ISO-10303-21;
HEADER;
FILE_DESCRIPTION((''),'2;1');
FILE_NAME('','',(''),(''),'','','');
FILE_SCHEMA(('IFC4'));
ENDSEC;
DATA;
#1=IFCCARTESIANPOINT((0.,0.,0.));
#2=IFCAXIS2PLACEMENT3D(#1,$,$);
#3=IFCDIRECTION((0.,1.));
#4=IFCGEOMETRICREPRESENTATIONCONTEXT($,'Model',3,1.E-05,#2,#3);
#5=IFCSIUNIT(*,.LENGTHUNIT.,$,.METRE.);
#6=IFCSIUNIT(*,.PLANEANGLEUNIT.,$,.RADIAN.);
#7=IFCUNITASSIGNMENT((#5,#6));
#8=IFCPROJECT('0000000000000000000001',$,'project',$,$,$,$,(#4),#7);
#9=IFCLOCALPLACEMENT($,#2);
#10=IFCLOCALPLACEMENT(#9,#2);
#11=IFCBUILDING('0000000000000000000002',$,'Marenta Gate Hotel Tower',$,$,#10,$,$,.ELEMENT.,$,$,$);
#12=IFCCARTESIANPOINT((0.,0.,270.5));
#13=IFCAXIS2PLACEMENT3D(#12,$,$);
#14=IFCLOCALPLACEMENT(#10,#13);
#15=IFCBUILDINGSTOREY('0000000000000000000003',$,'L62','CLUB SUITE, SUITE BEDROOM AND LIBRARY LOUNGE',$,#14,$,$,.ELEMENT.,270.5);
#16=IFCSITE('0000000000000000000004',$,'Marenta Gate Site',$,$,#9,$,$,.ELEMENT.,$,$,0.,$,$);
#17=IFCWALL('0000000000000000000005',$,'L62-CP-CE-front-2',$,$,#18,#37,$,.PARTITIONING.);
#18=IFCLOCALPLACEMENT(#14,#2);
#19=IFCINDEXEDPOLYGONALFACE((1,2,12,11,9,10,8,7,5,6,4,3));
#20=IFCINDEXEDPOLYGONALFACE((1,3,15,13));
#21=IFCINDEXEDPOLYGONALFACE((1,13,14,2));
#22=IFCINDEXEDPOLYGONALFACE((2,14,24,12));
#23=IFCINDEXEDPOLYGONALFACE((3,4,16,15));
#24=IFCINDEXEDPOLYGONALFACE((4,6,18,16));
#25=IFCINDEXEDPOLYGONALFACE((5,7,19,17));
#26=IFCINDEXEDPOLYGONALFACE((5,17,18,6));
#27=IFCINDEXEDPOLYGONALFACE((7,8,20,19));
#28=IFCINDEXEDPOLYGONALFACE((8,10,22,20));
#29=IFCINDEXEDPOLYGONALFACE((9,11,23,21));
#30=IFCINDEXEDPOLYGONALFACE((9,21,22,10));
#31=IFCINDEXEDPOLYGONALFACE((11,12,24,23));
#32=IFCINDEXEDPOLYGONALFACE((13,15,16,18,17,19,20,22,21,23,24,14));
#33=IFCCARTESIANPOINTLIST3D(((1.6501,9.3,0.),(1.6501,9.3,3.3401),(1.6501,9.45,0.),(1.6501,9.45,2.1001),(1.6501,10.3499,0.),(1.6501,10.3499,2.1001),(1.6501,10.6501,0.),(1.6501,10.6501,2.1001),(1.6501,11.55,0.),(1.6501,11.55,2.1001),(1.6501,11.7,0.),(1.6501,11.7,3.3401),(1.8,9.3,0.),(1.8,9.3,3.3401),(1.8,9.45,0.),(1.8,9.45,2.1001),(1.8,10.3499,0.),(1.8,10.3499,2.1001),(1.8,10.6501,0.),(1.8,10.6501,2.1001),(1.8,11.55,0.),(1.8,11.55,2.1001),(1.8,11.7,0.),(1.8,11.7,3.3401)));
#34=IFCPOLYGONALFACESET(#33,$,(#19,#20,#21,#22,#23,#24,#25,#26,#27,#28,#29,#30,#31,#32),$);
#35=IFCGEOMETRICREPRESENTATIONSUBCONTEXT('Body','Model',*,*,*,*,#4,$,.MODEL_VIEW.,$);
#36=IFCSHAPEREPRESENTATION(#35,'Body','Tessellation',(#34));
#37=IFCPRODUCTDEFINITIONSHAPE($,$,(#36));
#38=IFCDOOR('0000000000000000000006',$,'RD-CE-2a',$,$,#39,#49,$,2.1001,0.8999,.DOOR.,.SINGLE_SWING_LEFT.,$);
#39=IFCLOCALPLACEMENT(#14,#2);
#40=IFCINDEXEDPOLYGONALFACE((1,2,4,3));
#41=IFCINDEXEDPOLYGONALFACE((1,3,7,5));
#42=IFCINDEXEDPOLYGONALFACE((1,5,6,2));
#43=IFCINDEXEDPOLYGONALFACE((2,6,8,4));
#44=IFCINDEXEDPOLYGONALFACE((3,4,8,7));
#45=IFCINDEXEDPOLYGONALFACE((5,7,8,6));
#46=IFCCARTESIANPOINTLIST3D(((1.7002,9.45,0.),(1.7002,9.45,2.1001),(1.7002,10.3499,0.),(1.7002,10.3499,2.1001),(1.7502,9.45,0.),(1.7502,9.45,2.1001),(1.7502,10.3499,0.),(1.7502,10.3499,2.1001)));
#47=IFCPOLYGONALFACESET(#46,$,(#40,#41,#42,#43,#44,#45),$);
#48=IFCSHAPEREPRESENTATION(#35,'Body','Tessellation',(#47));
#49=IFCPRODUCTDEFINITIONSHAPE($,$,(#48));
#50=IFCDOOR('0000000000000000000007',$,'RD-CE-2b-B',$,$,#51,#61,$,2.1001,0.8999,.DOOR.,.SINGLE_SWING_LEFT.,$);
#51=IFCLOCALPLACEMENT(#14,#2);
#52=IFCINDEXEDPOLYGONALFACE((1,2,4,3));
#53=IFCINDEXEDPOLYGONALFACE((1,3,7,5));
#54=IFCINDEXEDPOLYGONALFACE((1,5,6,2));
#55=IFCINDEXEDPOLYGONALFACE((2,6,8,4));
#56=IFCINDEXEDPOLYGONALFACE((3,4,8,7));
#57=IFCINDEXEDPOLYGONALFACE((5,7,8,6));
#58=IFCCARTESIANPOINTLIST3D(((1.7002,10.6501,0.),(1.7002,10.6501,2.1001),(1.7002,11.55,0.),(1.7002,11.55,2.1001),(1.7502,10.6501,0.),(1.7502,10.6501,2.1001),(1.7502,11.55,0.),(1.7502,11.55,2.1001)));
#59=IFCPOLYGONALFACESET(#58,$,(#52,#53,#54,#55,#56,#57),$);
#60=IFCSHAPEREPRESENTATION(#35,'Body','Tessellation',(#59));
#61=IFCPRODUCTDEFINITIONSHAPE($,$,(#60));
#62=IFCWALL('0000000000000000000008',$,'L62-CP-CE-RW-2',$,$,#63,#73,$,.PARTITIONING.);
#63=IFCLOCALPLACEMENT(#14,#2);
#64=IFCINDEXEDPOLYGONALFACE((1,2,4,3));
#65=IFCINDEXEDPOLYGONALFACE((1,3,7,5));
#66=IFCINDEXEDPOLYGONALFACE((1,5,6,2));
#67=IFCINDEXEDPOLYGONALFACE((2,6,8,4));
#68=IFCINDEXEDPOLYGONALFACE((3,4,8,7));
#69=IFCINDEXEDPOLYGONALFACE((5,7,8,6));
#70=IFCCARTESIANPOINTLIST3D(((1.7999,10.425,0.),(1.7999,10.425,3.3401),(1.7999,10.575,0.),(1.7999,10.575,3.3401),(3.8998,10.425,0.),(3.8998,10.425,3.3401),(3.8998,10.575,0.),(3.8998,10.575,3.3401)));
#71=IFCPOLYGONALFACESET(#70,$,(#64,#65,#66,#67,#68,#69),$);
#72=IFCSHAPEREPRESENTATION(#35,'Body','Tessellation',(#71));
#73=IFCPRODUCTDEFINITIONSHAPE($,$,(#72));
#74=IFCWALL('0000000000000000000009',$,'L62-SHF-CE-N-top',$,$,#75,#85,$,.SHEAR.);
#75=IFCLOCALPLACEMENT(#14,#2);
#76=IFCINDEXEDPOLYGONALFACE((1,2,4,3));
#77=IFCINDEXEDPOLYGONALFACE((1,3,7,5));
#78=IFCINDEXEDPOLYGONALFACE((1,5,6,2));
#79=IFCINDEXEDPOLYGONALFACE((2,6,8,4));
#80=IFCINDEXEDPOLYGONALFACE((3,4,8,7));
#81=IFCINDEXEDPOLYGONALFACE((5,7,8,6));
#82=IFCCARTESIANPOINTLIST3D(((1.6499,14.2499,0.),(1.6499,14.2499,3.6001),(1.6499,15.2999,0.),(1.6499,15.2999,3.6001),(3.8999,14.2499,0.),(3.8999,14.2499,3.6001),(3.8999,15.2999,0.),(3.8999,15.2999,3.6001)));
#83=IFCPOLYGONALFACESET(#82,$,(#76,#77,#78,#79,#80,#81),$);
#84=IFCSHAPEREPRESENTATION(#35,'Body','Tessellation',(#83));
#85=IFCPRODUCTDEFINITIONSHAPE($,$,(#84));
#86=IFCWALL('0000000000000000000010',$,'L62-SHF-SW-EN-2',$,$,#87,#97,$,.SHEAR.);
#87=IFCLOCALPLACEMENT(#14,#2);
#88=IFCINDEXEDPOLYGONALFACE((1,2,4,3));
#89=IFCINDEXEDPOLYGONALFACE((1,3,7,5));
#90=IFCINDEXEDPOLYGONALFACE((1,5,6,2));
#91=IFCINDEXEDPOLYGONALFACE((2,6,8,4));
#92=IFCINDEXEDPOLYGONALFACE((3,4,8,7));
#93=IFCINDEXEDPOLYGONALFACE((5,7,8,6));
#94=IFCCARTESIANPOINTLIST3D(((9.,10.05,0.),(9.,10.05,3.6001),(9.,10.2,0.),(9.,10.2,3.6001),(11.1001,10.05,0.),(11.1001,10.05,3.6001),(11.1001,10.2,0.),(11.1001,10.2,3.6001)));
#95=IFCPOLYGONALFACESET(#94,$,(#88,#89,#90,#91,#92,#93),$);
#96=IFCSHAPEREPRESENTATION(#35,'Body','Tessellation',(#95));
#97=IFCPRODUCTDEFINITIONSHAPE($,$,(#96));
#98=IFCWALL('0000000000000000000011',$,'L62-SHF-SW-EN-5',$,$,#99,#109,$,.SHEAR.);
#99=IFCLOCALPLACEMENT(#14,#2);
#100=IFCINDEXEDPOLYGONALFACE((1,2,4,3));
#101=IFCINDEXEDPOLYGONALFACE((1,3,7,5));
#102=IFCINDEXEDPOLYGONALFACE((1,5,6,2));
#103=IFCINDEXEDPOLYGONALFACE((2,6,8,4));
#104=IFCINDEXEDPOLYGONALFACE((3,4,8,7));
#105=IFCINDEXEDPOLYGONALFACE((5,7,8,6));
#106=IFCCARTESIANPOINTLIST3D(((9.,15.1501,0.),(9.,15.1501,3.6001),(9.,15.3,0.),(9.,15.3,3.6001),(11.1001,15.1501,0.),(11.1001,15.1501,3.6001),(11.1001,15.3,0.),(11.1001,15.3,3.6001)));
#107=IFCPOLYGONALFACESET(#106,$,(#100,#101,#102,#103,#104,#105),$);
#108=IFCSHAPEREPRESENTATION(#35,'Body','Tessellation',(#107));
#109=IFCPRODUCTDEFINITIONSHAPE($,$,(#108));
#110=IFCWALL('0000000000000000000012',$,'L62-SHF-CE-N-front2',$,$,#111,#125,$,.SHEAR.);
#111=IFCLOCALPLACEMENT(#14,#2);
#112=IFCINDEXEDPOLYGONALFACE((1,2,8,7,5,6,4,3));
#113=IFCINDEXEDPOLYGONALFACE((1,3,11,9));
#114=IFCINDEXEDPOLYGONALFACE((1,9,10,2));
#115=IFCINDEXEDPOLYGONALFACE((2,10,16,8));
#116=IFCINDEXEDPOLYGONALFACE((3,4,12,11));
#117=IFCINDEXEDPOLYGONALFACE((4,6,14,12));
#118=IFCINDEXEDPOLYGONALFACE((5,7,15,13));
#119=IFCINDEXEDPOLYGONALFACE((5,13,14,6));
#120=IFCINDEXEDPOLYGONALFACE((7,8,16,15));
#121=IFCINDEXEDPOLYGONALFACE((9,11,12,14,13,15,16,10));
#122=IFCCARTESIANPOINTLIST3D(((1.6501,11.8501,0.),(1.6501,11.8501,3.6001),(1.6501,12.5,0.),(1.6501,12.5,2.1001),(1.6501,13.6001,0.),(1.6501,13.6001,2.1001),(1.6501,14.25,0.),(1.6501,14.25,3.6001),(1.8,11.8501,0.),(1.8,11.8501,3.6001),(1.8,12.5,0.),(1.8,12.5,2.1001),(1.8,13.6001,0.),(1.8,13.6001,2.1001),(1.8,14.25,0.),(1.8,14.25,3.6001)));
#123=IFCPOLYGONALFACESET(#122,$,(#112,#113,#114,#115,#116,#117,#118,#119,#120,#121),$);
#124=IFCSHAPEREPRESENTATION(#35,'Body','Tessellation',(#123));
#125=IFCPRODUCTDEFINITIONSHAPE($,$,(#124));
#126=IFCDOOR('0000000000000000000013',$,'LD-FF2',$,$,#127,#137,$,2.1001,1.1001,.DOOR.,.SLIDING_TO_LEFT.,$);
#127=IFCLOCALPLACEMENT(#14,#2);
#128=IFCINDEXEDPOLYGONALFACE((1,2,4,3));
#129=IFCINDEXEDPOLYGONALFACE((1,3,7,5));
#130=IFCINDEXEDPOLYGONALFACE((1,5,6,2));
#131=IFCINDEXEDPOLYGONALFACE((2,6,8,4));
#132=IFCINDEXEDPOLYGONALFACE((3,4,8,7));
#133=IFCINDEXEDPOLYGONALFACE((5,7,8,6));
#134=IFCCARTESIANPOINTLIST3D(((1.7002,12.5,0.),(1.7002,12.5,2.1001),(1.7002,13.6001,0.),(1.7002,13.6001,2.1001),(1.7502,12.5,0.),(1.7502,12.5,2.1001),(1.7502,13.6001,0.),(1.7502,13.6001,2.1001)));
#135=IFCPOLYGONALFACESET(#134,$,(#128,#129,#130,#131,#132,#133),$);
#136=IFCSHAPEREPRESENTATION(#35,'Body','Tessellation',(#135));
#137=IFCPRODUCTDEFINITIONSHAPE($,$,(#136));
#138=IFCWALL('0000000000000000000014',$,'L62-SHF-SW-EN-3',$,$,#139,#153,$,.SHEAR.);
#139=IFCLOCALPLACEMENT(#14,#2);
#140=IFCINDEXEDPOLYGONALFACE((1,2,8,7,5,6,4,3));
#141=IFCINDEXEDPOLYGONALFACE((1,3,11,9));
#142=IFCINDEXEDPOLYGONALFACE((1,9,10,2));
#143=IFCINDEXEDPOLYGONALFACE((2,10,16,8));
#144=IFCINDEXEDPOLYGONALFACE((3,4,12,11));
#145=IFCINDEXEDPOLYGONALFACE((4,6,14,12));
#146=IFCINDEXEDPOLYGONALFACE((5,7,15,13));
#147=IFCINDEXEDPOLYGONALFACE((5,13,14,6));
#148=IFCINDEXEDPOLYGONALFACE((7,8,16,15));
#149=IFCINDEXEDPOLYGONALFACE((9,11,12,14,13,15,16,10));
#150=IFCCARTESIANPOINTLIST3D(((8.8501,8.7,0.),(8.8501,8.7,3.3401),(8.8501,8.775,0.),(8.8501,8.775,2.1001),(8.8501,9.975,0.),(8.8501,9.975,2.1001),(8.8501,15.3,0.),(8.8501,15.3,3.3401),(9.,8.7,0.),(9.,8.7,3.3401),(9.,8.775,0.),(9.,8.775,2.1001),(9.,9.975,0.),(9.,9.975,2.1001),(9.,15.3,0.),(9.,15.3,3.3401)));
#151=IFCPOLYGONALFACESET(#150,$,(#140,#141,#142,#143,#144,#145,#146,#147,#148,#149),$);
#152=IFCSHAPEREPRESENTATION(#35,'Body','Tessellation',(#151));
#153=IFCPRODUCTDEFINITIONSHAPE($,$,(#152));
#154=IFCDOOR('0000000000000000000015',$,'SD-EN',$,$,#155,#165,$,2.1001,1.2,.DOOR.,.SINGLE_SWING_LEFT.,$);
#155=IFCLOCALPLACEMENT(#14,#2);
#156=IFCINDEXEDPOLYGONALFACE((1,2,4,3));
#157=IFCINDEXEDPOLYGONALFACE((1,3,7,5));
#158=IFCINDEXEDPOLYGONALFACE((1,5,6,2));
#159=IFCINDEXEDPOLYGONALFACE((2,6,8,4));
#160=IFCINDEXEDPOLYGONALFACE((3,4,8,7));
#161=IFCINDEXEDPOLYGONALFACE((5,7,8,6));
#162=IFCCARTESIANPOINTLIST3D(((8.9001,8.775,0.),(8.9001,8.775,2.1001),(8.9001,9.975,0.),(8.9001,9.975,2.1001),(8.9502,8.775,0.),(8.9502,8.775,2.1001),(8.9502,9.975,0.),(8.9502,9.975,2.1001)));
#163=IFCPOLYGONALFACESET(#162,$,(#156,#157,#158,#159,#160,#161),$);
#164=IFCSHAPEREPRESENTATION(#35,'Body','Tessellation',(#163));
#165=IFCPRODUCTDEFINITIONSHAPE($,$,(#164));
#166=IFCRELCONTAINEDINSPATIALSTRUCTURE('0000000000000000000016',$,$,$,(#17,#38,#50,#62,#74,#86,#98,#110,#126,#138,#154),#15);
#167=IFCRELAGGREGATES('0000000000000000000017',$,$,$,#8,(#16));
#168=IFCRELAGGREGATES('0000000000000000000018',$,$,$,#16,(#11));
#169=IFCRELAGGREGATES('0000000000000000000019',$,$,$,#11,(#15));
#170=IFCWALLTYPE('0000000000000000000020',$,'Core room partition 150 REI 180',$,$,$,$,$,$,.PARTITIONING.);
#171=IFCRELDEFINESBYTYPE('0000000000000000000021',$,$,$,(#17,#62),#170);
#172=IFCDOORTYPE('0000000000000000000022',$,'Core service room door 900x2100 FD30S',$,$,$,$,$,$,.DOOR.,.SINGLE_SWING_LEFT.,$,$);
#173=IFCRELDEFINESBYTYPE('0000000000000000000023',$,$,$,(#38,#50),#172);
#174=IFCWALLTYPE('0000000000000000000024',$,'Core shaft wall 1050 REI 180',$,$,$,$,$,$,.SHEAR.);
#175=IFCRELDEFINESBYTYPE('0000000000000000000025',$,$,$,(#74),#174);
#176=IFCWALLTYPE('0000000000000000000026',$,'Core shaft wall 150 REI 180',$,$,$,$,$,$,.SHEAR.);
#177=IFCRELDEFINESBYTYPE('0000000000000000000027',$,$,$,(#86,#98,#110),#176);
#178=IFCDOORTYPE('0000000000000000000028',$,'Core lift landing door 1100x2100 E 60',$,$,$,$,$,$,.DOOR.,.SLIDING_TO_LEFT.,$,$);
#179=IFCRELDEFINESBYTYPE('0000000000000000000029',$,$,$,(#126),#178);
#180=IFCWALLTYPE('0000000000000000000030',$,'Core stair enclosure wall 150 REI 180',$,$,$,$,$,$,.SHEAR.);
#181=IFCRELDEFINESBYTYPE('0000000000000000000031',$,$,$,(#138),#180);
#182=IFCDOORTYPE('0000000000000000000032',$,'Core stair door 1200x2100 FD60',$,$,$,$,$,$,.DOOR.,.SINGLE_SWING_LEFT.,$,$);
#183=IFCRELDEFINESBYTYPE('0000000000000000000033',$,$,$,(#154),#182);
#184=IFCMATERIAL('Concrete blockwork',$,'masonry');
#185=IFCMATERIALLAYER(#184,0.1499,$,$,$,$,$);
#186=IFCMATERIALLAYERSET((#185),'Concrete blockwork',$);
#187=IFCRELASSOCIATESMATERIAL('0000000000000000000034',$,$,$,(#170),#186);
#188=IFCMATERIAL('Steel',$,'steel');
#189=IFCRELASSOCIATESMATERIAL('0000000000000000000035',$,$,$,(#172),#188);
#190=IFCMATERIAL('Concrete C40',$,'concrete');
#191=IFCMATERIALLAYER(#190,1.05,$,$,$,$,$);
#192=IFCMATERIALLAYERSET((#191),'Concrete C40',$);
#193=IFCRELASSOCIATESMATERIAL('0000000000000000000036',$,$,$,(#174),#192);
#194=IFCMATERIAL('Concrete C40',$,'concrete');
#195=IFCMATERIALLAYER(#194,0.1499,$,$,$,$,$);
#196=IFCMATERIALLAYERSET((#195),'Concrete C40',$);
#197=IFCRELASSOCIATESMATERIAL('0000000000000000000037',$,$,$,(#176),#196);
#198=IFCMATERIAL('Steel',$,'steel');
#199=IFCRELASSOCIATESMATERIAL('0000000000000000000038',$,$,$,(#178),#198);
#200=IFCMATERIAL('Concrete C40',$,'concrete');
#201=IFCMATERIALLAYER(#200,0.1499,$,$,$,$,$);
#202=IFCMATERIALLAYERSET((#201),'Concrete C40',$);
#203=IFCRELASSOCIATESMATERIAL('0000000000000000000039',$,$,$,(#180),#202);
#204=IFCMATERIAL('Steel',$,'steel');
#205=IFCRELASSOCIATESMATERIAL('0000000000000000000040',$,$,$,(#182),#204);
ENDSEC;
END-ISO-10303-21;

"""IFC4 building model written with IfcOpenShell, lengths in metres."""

from ifc_helpers import new_model, si_unit, direction, frame, frame_2d, origin, place, context, subcontext, project, spatial, rectangle, extrude, material, layer, layer_set, type_object, element, fill, save


model = new_model("IFC4")

# Units and contexts
model_context = context("Model", 3, precision=1e-05, world=origin(), true_north=direction((0.0, 1.0)))
body_context = subcontext(model_context, "Body", "Model", "MODEL_VIEW")
ifc_project = project(units=[si_unit("LENGTHUNIT", "METRE"), si_unit("PLANEANGLEUNIT", "RADIAN")], contexts=[model_context])

# Site, building, storey
site_placement = place(None, origin())
site = spatial("IfcSite", under=ifc_project, at=site_placement, Name="Marenta Gate Site", CompositionType="ELEMENT", RefElevation=0.0)
building_placement = place(site_placement, origin())
building = spatial("IfcBuilding", under=site, at=building_placement, Name="Marenta Gate Hotel Tower", CompositionType="ELEMENT")
storey_placement = place(building_placement, frame((0.0, 0.0, 270.5)))
storey = spatial("IfcBuildingStorey", under=building, at=storey_placement, Name="L62", Description="CLUB SUITE, SUITE BEDROOM AND LIBRARY LOUNGE", CompositionType="ELEMENT", Elevation=270.5)

# Shared definitions
ifc_material_1 = material(Name="Concrete blockwork", Category="masonry")
ifc_layer_1 = layer(ifc_material_1, 0.1499)
ifc_layer_set_1 = layer_set([ifc_layer_1], Name="Concrete blockwork")
wall_type_1 = type_object("IfcWallType", Name="Core room partition 150 REI 180", PredefinedType="PARTITIONING", material=ifc_layer_set_1)

# Wall, openings, doors
wall_1_placement = place(storey_placement, frame((1.7251, 9.3, 0.0), z_axis=(0.0, 0.0, 1.0), x_axis=(0.0, 1.0, 0.0)))
wall_1 = element("IfcWall", 1, at=wall_1_placement, inside=storey, type_object=wall_type_1, Name="L62-CP-CE-front-2", PredefinedType="PARTITIONING", context=body_context, shape_type="SweptSolid", body=[
    extrude(rectangle(XDim=2.3999, YDim=0.1499, at=frame_2d((1.2, 0.0))), origin(), (0.0, 0.0, 1.0), 3.3401),
])
opening_1_placement = place(wall_1_placement, frame((0.1499, 0.0, 0.0)))
opening_1 = element("IfcOpeningElement", 2, at=opening_1_placement, cuts=wall_1, PredefinedType="OPENING", context=body_context, shape_type="SweptSolid", body=[
    extrude(rectangle(XDim=0.8999, YDim=2.1001, at=frame_2d((0.45, 1.05))), frame((0.0, 0.075, 0.0), z_axis=(0.0, -1.0, 0.0), x_axis=(1.0, 0.0, 0.0)), (0.0, 0.0, 1.0), 0.1499),
])
opening_2_placement = place(wall_1_placement, frame((1.3501, 0.0, 0.0)))
opening_2 = element("IfcOpeningElement", 3, at=opening_2_placement, cuts=wall_1, PredefinedType="OPENING", context=body_context, shape_type="SweptSolid", body=[
    extrude(rectangle(XDim=0.8999, YDim=2.1001, at=frame_2d((0.45, 1.05))), frame((0.0, 0.075, 0.0), z_axis=(0.0, -1.0, 0.0), x_axis=(1.0, 0.0, 0.0)), (0.0, 0.0, 1.0), 0.1499),
])
ifc_material_2 = material(Name="Steel", Category="steel")
door_type_1 = type_object("IfcDoorType", Name="Core service room door 900x2100 FD30S", OperationType="SINGLE_SWING_LEFT", PredefinedType="DOOR", material=ifc_material_2)
door_1_placement = place(opening_1_placement, origin())
door_1 = element("IfcDoor", 4, at=door_1_placement, inside=storey, type_object=door_type_1, Name="RD-CE-2a", OperationType="SINGLE_SWING_LEFT", OverallHeight=2.1001, OverallWidth=0.8999, PredefinedType="DOOR", context=body_context, shape_type="SweptSolid", body=[
    extrude(rectangle(XDim=0.8999, YDim=2.1001, at=frame_2d((0.45, 1.05))), frame((0.0, 0.0249, 0.0), z_axis=(0.0, -1.0, 0.0), x_axis=(1.0, 0.0, 0.0)), (0.0, 0.0, 1.0), 0.05),
])
fill(opening_1, door_1)
door_2_placement = place(opening_2_placement, origin())
door_2 = element("IfcDoor", 5, at=door_2_placement, inside=storey, type_object=door_type_1, Name="RD-CE-2b-B", OperationType="SINGLE_SWING_LEFT", OverallHeight=2.1001, OverallWidth=0.8999, PredefinedType="DOOR", context=body_context, shape_type="SweptSolid", body=[
    extrude(rectangle(XDim=0.8999, YDim=2.1001, at=frame_2d((0.45, 1.05))), frame((0.0, 0.0249, 0.0), z_axis=(0.0, -1.0, 0.0), x_axis=(1.0, 0.0, 0.0)), (0.0, 0.0, 1.0), 0.05),
])
fill(opening_2, door_2)

# Walls
wall_2_placement = place(storey_placement, frame((1.8, 10.5, 0.0), z_axis=(0.0, 0.0, 1.0), x_axis=(1.0, 0.0, 0.0)))
element("IfcWall", 6, at=wall_2_placement, inside=storey, type_object=wall_type_1, Name="L62-CP-CE-RW-2", PredefinedType="PARTITIONING", context=body_context, shape_type="SweptSolid", body=[
    extrude(rectangle(XDim=2.0999, YDim=0.1499, at=frame_2d((1.0498, 0.0))), origin(), (0.0, 0.0, 1.0), 3.3401),
])
ifc_material_3 = material(Name="Concrete C40", Category="concrete")
ifc_layer_2 = layer(ifc_material_3, 1.05)
ifc_layer_set_2 = layer_set([ifc_layer_2], Name="Concrete C40")
wall_type_2 = type_object("IfcWallType", Name="Core shaft wall 1050 REI 180", PredefinedType="SHEAR", material=ifc_layer_set_2)
wall_3_placement = place(storey_placement, frame((1.6499, 14.7749, 0.0), z_axis=(0.0, 0.0, 1.0), x_axis=(1.0, 0.0, 0.0)))
element("IfcWall", 7, at=wall_3_placement, inside=storey, type_object=wall_type_2, Name="L62-SHF-CE-N-top", PredefinedType="SHEAR", context=body_context, shape_type="SweptSolid", body=[
    extrude(rectangle(XDim=2.25, YDim=1.05, at=frame_2d((1.125, 0.0))), origin(), (0.0, 0.0, 1.0), 3.6001),
])
ifc_material_4 = material(Name="Concrete C40", Category="concrete")
ifc_layer_3 = layer(ifc_material_4, 0.1499)
ifc_layer_set_3 = layer_set([ifc_layer_3], Name="Concrete C40")
wall_type_3 = type_object("IfcWallType", Name="Core shaft wall 150 REI 180", PredefinedType="SHEAR", material=ifc_layer_set_3)
for number, where, z_axis, x_axis, name in (
    (8, (9.0, 10.125, 0.0), (0.0, 0.0, 1.0), (1.0, 0.0, 0.0), "L62-SHF-SW-EN-2"),
    (9, (9.0, 15.2251, 0.0), (0.0, 0.0, 1.0), (1.0, 0.0, 0.0), "L62-SHF-SW-EN-5"),
):
    element("IfcWall", number, at=place(storey_placement, frame(where, z_axis=z_axis, x_axis=x_axis)), inside=storey, type_object=wall_type_3, Name=name, PredefinedType="SHEAR", context=body_context, shape_type="SweptSolid", body=[
        extrude(rectangle(XDim=2.1001, YDim=0.1499, at=frame_2d((1.05, 0.0))), origin(), (0.0, 0.0, 1.0), 3.6001),
    ])

# Walls, openings, doors
wall_4_placement = place(storey_placement, frame((1.7251, 11.8501, 0.0), z_axis=(0.0, 0.0, 1.0), x_axis=(0.0, 1.0, 0.0)))
wall_4 = element("IfcWall", 10, at=wall_4_placement, inside=storey, type_object=wall_type_3, Name="L62-SHF-CE-N-front2", PredefinedType="SHEAR", context=body_context, shape_type="SweptSolid", body=[
    extrude(rectangle(XDim=2.3999, YDim=0.1499, at=frame_2d((1.2, 0.0))), origin(), (0.0, 0.0, 1.0), 3.6001),
])
opening_3_placement = place(wall_4_placement, frame((0.6499, 0.0, 0.0)))
opening_3 = element("IfcOpeningElement", 11, at=opening_3_placement, cuts=wall_4, PredefinedType="OPENING", context=body_context, shape_type="SweptSolid", body=[
    extrude(rectangle(XDim=1.1001, YDim=2.1001, at=frame_2d((0.55, 1.05))), frame((0.0, 0.075, 0.0), z_axis=(0.0, -1.0, 0.0), x_axis=(1.0, 0.0, 0.0)), (0.0, 0.0, 1.0), 0.1499),
])
ifc_material_5 = material(Name="Steel", Category="steel")
door_type_2 = type_object("IfcDoorType", Name="Core lift landing door 1100x2100 E 60", OperationType="SLIDING_TO_LEFT", PredefinedType="DOOR", material=ifc_material_5)
door_3_placement = place(opening_3_placement, origin())
door_3 = element("IfcDoor", 12, at=door_3_placement, inside=storey, type_object=door_type_2, Name="LD-FF2", OperationType="SLIDING_TO_LEFT", OverallHeight=2.1001, OverallWidth=1.1001, PredefinedType="DOOR", context=body_context, shape_type="SweptSolid", body=[
    extrude(rectangle(XDim=1.1001, YDim=2.1001, at=frame_2d((0.55, 1.05))), frame((0.0, 0.0249, 0.0), z_axis=(0.0, -1.0, 0.0), x_axis=(1.0, 0.0, 0.0)), (0.0, 0.0, 1.0), 0.05),
])
fill(opening_3, door_3)
ifc_material_6 = material(Name="Concrete C40", Category="concrete")
ifc_layer_4 = layer(ifc_material_6, 0.1499)
ifc_layer_set_4 = layer_set([ifc_layer_4], Name="Concrete C40")
wall_type_4 = type_object("IfcWallType", Name="Core stair enclosure wall 150 REI 180", PredefinedType="SHEAR", material=ifc_layer_set_4)
wall_5_placement = place(storey_placement, frame((8.925, 8.7, 0.0), z_axis=(0.0, 0.0, 1.0), x_axis=(0.0, 1.0, 0.0)))
wall_5 = element("IfcWall", 13, at=wall_5_placement, inside=storey, type_object=wall_type_4, Name="L62-SHF-SW-EN-3", PredefinedType="SHEAR", context=body_context, shape_type="SweptSolid", body=[
    extrude(rectangle(XDim=6.6001, YDim=0.1499, at=frame_2d((3.3, 0.0))), origin(), (0.0, 0.0, 1.0), 3.3401),
])
opening_4_placement = place(wall_5_placement, frame((0.075, 0.0, 0.0)))
opening_4 = element("IfcOpeningElement", 14, at=opening_4_placement, cuts=wall_5, PredefinedType="OPENING", context=body_context, shape_type="SweptSolid", body=[
    extrude(rectangle(XDim=1.2, YDim=2.1001, at=frame_2d((0.6001, 1.05))), frame((0.0, 0.075, 0.0), z_axis=(0.0, -1.0, 0.0), x_axis=(1.0, 0.0, 0.0)), (0.0, 0.0, 1.0), 0.1499),
])
ifc_material_7 = material(Name="Steel", Category="steel")
door_type_3 = type_object("IfcDoorType", Name="Core stair door 1200x2100 FD60", OperationType="SINGLE_SWING_LEFT", PredefinedType="DOOR", material=ifc_material_7)
door_4_placement = place(opening_4_placement, origin())
door_4 = element("IfcDoor", 15, at=door_4_placement, inside=storey, type_object=door_type_3, Name="SD-EN", OperationType="SINGLE_SWING_LEFT", OverallHeight=2.1001, OverallWidth=1.2, PredefinedType="DOOR", context=body_context, shape_type="SweptSolid", body=[
    extrude(rectangle(XDim=1.2, YDim=2.1001, at=frame_2d((0.6001, 1.05))), frame((0.0, 0.0249, 0.0), z_axis=(0.0, -1.0, 0.0), x_axis=(1.0, 0.0, 0.0)), (0.0, 0.0, 1.0), 0.05),
])
fill(opening_4, door_4)

save(model, "model.ifc")
